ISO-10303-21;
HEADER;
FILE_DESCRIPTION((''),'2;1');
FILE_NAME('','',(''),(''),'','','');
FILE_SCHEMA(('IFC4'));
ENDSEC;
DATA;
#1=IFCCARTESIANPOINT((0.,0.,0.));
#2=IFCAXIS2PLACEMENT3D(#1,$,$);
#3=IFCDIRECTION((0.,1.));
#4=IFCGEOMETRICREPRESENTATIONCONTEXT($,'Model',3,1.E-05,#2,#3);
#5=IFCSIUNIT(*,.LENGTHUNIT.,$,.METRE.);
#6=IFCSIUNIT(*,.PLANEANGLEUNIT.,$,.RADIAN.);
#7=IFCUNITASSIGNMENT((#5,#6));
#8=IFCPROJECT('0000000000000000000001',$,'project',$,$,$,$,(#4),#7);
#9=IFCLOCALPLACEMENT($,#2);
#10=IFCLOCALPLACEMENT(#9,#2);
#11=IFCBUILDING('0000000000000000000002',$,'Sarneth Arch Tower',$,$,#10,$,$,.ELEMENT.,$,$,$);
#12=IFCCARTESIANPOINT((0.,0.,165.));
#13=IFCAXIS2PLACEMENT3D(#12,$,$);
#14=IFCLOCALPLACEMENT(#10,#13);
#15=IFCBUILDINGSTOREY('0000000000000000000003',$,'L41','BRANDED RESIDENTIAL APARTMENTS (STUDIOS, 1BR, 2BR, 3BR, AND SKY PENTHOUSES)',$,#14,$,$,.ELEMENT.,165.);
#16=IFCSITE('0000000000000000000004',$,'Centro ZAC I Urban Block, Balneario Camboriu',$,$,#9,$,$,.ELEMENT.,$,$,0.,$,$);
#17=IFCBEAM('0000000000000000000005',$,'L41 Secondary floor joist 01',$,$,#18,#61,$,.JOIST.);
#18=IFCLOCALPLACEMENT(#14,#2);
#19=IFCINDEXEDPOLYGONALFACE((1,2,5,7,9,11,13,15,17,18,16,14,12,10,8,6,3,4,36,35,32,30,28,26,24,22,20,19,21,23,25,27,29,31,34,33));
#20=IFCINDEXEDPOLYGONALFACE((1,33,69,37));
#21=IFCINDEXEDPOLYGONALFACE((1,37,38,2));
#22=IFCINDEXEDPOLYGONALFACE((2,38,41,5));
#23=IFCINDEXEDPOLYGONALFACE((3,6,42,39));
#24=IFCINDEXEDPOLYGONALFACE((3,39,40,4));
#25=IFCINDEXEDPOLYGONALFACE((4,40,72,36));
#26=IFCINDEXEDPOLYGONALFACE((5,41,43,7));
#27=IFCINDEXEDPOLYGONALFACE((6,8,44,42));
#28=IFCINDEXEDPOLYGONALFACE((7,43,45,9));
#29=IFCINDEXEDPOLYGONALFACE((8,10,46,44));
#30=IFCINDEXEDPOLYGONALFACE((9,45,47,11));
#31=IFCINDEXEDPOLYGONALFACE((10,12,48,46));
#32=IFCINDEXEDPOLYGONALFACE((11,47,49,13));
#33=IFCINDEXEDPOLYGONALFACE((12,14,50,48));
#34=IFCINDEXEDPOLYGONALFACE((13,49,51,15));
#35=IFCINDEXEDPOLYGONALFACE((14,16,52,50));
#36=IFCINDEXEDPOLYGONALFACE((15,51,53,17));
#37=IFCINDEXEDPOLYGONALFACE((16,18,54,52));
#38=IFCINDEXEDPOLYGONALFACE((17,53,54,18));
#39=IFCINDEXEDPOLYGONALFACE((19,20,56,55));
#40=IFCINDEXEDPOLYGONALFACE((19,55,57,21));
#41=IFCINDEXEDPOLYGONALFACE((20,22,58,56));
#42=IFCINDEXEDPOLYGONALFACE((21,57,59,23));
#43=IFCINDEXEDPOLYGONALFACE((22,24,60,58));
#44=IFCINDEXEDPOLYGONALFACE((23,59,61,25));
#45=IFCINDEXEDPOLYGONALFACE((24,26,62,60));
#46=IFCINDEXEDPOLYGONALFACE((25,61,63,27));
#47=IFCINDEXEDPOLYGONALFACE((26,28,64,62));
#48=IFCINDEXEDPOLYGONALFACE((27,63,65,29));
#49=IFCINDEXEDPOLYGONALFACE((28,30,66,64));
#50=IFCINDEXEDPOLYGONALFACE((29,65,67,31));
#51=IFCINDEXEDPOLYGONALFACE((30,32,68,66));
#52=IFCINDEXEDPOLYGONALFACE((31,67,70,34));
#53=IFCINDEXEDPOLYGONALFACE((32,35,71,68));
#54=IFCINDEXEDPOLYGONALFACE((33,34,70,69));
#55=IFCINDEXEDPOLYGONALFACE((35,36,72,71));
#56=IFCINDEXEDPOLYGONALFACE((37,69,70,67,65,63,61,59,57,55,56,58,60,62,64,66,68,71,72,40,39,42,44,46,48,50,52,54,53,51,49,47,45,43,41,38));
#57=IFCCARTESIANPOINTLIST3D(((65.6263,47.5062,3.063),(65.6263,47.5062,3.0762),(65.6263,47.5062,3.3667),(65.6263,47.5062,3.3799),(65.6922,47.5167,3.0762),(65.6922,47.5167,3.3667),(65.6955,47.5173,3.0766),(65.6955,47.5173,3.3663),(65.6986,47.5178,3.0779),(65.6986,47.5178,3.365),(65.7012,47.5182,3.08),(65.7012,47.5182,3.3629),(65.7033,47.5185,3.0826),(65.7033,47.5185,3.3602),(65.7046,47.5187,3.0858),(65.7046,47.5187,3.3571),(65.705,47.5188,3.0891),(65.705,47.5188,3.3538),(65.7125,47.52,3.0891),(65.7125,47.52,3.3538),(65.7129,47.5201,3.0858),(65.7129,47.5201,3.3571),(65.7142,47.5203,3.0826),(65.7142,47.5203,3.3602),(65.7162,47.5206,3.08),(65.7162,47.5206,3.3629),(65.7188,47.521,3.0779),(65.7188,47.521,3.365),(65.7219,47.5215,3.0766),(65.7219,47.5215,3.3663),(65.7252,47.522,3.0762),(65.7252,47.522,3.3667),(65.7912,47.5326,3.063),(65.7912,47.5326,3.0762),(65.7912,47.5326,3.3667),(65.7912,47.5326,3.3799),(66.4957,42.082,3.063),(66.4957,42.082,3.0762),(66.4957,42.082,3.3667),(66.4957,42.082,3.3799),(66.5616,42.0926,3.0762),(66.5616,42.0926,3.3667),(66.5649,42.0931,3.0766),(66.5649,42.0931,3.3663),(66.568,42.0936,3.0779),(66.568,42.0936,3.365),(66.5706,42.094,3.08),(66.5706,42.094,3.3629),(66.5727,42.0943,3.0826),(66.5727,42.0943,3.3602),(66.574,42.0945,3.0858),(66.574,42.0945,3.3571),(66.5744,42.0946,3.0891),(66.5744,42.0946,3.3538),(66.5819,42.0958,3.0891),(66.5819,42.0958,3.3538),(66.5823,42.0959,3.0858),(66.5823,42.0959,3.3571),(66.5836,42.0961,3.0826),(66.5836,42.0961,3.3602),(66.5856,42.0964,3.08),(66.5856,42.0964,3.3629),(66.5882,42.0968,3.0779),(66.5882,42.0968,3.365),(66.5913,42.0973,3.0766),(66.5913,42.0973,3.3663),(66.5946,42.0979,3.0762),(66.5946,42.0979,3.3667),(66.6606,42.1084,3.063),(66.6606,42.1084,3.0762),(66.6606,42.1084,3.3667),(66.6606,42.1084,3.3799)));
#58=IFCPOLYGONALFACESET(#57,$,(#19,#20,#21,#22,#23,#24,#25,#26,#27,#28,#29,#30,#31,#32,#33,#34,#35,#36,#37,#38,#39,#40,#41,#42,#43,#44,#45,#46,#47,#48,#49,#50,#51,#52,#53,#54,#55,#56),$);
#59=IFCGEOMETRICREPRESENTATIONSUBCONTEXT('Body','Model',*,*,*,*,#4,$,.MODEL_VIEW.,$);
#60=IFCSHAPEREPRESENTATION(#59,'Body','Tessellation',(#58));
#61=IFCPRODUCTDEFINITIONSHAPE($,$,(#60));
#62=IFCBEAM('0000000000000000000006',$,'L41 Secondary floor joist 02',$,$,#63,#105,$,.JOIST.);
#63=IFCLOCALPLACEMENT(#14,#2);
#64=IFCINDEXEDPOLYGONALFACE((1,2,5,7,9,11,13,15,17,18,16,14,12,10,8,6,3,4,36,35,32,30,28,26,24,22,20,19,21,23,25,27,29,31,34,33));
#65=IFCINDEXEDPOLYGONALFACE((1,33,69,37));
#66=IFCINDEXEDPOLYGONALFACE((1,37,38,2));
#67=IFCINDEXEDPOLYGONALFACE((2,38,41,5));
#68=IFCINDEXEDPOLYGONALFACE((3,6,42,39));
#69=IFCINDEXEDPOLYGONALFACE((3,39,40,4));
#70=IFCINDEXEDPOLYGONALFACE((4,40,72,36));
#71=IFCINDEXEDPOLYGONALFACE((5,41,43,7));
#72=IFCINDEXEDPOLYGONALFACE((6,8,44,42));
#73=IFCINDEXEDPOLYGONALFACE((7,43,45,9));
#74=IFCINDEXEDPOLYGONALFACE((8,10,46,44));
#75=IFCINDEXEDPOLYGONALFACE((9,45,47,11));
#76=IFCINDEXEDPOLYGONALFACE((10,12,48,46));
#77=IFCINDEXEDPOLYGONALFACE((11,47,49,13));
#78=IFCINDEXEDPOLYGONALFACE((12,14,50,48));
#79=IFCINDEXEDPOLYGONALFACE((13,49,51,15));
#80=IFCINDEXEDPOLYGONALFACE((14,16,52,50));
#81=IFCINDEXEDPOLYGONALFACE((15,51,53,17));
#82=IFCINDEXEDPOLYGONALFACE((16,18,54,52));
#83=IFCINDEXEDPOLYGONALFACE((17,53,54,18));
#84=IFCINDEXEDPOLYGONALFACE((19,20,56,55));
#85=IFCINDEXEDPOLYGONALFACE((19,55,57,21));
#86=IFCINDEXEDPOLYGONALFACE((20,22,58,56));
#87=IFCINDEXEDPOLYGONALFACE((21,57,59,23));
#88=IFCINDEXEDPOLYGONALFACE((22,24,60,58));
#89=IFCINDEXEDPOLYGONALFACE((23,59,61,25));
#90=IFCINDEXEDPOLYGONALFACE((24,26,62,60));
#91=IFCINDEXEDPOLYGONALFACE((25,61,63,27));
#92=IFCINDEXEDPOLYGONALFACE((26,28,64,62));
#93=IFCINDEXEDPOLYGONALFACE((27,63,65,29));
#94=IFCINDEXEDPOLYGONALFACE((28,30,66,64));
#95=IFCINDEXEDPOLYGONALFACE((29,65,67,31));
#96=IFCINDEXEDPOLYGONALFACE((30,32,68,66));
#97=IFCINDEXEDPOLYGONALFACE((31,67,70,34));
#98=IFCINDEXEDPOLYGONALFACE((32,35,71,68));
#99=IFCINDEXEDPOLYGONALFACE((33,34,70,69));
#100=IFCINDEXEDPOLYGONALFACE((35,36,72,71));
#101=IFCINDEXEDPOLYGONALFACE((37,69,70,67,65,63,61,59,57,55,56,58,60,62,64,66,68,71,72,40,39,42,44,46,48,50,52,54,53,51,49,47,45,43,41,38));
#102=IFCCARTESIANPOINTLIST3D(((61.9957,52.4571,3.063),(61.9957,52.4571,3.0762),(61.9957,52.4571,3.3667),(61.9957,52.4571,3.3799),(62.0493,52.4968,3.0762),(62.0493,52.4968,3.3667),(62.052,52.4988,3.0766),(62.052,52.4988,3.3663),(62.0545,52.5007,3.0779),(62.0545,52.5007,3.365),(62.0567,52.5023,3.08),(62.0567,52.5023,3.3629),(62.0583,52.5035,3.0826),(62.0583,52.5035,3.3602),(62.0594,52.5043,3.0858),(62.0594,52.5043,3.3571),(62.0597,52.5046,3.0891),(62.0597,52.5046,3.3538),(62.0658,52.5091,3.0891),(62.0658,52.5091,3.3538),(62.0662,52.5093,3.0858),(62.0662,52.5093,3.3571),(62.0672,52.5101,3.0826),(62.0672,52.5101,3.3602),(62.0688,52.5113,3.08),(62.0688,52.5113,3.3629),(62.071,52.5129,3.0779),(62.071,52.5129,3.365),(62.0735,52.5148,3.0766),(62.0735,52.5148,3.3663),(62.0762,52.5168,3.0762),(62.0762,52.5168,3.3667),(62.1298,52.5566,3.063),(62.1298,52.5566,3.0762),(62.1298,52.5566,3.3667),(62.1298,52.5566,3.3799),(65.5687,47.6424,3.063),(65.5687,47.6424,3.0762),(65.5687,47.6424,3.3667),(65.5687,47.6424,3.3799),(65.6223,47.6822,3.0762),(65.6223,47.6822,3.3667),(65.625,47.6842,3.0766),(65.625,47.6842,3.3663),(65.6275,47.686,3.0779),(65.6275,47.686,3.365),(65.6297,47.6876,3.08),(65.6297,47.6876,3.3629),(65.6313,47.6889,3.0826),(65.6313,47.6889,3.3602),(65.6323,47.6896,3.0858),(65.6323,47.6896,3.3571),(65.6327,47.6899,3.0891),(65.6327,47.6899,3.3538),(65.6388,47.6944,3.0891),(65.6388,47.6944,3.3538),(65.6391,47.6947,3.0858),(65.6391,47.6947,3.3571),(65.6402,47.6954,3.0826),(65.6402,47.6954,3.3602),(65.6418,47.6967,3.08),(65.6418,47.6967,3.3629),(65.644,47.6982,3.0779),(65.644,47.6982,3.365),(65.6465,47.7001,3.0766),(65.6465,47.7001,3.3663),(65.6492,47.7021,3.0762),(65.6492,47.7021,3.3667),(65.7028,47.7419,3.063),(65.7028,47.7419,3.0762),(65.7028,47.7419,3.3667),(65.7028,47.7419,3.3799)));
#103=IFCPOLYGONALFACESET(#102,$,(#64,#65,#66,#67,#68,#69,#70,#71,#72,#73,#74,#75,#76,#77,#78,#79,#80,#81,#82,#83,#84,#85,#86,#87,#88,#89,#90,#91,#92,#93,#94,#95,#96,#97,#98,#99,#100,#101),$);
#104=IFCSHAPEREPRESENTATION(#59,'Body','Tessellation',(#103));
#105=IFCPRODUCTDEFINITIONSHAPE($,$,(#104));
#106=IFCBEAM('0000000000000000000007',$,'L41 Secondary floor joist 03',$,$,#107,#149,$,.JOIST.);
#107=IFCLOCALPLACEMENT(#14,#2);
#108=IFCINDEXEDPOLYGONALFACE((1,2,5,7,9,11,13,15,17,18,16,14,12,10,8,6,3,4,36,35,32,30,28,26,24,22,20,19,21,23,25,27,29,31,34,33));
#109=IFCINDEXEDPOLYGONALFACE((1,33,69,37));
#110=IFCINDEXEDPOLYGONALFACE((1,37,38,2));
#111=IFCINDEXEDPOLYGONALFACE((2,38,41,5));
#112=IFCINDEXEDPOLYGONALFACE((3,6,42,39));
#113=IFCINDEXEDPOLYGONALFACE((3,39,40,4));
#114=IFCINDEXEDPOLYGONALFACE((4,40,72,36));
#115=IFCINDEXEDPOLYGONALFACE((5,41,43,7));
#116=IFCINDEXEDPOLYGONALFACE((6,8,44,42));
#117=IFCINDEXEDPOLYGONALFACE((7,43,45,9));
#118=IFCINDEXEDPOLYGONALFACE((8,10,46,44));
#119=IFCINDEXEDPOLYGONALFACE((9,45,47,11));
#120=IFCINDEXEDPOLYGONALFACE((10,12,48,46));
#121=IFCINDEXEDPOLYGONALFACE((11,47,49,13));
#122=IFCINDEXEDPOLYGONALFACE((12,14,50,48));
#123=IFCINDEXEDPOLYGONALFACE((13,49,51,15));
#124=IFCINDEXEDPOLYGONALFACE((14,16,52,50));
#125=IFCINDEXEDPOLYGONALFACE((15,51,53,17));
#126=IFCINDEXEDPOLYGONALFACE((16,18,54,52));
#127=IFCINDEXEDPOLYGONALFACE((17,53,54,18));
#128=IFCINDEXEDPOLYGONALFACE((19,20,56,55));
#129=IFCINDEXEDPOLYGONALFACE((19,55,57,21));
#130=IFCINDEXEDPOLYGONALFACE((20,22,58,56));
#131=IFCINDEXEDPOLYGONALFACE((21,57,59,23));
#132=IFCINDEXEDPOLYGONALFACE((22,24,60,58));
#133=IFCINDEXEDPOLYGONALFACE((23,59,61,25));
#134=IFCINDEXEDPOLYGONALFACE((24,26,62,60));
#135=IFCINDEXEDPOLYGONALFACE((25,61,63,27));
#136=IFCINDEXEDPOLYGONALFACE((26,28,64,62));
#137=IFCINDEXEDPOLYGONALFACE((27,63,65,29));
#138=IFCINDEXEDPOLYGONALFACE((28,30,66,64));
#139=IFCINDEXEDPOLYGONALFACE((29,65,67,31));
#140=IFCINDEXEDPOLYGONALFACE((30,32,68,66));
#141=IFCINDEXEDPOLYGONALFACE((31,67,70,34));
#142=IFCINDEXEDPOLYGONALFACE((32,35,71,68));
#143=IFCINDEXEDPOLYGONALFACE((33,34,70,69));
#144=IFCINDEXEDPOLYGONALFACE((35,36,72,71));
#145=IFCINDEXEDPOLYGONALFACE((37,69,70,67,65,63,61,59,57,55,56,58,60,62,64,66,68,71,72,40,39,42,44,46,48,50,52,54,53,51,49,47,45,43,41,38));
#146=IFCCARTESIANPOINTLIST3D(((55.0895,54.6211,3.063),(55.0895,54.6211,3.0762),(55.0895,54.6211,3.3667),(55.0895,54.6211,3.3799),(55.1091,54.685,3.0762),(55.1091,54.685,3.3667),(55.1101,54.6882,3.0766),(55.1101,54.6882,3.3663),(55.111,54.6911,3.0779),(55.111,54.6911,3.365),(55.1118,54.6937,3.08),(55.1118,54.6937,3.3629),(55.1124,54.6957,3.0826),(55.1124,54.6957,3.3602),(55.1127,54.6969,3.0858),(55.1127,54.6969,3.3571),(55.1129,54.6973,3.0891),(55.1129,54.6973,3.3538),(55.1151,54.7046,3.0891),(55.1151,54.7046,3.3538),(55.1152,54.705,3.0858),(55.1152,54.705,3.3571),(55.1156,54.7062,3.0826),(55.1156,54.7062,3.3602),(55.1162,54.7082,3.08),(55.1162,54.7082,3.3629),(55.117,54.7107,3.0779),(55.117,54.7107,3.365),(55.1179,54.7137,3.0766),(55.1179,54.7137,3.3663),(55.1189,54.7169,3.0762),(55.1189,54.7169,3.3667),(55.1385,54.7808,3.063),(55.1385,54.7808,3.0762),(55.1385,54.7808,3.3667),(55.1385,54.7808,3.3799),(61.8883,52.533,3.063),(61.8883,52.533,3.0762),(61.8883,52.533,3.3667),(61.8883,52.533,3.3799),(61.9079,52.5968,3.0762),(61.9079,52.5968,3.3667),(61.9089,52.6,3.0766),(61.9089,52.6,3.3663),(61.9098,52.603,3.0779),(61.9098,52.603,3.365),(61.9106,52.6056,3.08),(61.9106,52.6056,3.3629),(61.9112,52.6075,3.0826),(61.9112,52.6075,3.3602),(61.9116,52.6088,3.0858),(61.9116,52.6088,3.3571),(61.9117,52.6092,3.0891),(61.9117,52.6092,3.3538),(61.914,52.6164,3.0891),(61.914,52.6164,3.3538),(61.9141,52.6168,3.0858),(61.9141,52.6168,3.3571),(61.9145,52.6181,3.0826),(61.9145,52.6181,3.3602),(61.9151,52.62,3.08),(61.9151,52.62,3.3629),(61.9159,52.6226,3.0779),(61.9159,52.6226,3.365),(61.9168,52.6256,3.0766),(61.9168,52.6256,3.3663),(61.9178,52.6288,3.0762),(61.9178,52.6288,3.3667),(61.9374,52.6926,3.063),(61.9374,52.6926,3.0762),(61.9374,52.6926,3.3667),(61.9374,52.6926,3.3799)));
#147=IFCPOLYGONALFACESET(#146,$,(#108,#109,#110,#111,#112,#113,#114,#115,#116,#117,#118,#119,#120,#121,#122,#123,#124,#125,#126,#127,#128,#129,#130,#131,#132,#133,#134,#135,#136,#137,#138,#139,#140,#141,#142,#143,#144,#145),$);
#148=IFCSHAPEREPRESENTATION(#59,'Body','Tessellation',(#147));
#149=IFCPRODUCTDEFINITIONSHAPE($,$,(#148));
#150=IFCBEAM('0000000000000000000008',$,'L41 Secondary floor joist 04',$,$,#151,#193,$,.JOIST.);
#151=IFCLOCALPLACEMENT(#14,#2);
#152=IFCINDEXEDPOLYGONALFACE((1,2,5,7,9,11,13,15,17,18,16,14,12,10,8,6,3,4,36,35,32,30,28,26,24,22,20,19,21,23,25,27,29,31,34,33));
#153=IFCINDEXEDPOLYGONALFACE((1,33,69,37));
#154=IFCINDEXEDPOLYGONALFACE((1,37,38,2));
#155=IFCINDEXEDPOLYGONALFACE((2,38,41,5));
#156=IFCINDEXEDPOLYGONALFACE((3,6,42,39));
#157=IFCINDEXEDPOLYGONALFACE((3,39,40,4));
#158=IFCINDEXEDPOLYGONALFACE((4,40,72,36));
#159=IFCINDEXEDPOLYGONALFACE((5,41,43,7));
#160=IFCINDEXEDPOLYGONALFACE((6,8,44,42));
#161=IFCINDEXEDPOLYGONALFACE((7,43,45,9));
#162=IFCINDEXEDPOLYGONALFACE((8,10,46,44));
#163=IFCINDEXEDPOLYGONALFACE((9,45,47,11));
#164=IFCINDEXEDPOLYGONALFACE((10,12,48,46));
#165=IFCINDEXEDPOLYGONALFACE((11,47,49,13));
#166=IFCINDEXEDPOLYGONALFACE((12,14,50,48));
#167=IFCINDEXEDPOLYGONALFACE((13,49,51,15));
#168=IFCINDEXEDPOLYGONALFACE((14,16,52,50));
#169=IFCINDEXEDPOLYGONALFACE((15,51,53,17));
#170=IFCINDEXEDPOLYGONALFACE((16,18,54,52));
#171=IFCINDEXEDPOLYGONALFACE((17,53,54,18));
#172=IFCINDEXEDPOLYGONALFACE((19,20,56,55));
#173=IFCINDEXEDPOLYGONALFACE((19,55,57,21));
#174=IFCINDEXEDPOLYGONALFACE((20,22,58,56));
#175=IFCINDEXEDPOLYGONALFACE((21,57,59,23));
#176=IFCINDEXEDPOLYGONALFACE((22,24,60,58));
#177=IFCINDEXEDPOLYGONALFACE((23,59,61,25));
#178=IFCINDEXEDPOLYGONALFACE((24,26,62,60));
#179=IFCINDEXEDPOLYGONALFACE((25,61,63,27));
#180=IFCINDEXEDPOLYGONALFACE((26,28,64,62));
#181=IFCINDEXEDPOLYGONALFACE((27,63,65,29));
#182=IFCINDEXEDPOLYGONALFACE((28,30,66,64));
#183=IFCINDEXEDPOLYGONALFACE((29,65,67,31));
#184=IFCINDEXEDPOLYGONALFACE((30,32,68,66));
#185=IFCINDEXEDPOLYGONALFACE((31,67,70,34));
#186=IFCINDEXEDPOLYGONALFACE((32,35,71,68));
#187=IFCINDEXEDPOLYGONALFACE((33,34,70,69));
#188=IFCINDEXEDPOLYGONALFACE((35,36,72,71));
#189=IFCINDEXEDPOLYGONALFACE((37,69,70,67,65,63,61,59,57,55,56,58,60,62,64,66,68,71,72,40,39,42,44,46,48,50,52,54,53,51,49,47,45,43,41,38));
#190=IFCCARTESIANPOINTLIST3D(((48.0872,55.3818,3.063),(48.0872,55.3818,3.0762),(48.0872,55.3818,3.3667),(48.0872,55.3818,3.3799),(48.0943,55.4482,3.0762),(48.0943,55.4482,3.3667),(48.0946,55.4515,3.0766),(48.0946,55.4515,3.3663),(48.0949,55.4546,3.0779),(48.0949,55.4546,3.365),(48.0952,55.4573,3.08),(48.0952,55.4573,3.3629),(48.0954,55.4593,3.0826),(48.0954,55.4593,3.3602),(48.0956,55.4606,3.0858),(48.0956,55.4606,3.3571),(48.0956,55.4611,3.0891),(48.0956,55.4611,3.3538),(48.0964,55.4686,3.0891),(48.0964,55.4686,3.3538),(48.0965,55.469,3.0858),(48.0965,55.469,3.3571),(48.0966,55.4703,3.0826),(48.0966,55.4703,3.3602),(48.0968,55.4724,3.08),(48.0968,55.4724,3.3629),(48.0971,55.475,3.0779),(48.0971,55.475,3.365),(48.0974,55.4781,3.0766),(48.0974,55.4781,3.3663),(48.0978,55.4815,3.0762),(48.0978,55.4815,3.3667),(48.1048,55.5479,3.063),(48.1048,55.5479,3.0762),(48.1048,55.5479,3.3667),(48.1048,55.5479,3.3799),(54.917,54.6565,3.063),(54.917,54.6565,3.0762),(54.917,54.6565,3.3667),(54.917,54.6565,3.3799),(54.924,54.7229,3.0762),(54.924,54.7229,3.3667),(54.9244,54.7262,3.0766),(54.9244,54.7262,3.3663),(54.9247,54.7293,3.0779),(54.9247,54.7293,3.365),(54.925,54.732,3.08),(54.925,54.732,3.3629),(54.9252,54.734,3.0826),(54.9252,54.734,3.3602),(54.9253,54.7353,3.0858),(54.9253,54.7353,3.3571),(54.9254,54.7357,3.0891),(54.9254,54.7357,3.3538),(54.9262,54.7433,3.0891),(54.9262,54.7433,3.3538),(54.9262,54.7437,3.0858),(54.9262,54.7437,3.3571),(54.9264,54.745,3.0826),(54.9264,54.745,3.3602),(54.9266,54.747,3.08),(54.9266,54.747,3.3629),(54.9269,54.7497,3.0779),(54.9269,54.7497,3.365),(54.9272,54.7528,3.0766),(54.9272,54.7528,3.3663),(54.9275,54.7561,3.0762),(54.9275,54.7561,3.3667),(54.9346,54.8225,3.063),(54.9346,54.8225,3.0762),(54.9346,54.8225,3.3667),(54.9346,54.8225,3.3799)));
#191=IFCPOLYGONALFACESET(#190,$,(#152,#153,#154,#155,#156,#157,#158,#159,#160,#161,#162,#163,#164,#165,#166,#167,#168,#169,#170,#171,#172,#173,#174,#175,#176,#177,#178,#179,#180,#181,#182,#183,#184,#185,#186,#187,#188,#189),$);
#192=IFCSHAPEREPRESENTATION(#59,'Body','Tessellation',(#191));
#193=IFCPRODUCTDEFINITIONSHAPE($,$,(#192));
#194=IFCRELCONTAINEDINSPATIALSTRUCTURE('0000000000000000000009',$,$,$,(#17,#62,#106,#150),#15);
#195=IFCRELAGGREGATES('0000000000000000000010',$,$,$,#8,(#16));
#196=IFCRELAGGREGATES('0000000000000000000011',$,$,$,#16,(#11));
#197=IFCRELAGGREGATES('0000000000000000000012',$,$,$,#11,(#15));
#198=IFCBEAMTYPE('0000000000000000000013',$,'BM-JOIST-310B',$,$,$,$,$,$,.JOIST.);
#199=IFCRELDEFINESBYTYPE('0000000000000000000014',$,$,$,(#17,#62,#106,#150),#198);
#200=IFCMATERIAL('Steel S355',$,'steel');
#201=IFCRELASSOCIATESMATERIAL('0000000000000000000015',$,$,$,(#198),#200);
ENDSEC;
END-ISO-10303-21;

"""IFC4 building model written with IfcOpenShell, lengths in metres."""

from ifc_helpers import new_model, si_unit, direction, frame, origin, origin_2d, place, context, subcontext, project, spatial, i_section, extrude, material, material_profile, profile_set, type_object, element, save


model = new_model("IFC4")

# Units and contexts
model_context = context("Model", 3, precision=1e-05, world=origin(), true_north=direction((0.0, 1.0)))
body_context = subcontext(model_context, "Body", "Model", "MODEL_VIEW")
ifc_project = project(units=[si_unit("LENGTHUNIT", "METRE"), si_unit("PLANEANGLEUNIT", "RADIAN")], contexts=[model_context])

# Site, building, storey
site_placement = place(None, origin())
site = spatial("IfcSite", under=ifc_project, at=site_placement, Name="Centro ZAC I Urban Block, Balneario Camboriu", CompositionType="ELEMENT", RefElevation=0.0)
building_placement = place(site_placement, origin())
building = spatial("IfcBuilding", under=site, at=building_placement, Name="Sarneth Arch Tower", CompositionType="ELEMENT")
storey_placement = place(building_placement, frame((0.0, 0.0, 165.0)))
storey = spatial("IfcBuildingStorey", under=building, at=storey_placement, Name="L41", Description="BRANDED RESIDENTIAL APARTMENTS (STUDIOS, 1BR, 2BR, 3BR, AND SKY PENTHOUSES)", CompositionType="ELEMENT", Elevation=165.0)

# Beams
ifc_material_1 = material(Name="Steel S355", Category="steel")
ifc_material_profile_1 = material_profile(ifc_material_1, i_section(OverallWidth=0.167, OverallDepth=0.3169, WebThickness=0.0076, FlangeThickness=0.0132, FilletRadius=0.0129, at=origin_2d()), Name="W310x52")
ifc_profile_set_1 = profile_set([ifc_material_profile_1], Name="Steel S355")
beam_type_1 = type_object("IfcBeamType", Name="BM-JOIST-310B", PredefinedType="JOIST", material=ifc_profile_set_1)
beam_1_placement = place(storey_placement, frame((66.5781, 42.0952, 3.2214), z_axis=(-0.158263, 0.987397, 0.0), x_axis=(-0.987397, -0.158263, 0.0)))
element("IfcBeam", 1, at=beam_1_placement, inside=storey, type_object=beam_type_1, Name="L41 Secondary floor joist 01", PredefinedType="JOIST", context=body_context, shape_type="SweptSolid", body=[
    extrude(i_section(OverallWidth=0.167, OverallDepth=0.3169, WebThickness=0.0076, FlangeThickness=0.0132, FilletRadius=0.0129, at=origin_2d()), origin(), (0.0, 0.0, 1.0), 5.4934),
])
beam_2_placement = place(storey_placement, frame((65.6357, 47.6921, 3.2214), z_axis=(-0.595933, 0.803034, 0.0), x_axis=(-0.803034, -0.595933, 0.0)))
element("IfcBeam", 2, at=beam_2_placement, inside=storey, type_object=beam_type_1, Name="L41 Secondary floor joist 02", PredefinedType="JOIST", context=body_context, shape_type="SweptSolid", body=[
    extrude(i_section(OverallWidth=0.167, OverallDepth=0.3169, WebThickness=0.0076, FlangeThickness=0.0132, FilletRadius=0.0129, at=origin_2d()), origin(), (0.0, 0.0, 1.0), 5.9956),
])
beam_3_placement = place(storey_placement, frame((61.9128, 52.6128, 3.2214), z_axis=(-0.95593, 0.293596, 0.0), x_axis=(-0.293596, -0.95593, 0.0)))
element("IfcBeam", 3, at=beam_3_placement, inside=storey, type_object=beam_type_1, Name="L41 Secondary floor joist 03", PredefinedType="JOIST", context=body_context, shape_type="SweptSolid", body=[
    extrude(i_section(OverallWidth=0.167, OverallDepth=0.3169, WebThickness=0.0076, FlangeThickness=0.0132, FilletRadius=0.0129, at=origin_2d()), origin(), (0.0, 0.0, 1.0), 7.1123),
])
beam_4_placement = place(storey_placement, frame((54.9258, 54.7395, 3.2214), z_axis=(-0.994408, 0.105608, 0.0), x_axis=(-0.105608, -0.994408, 0.0)))
element("IfcBeam", 4, at=beam_4_placement, inside=storey, type_object=beam_type_1, Name="L41 Secondary floor joist 04", PredefinedType="JOIST", context=body_context, shape_type="SweptSolid", body=[
    extrude(i_section(OverallWidth=0.167, OverallDepth=0.3169, WebThickness=0.0076, FlangeThickness=0.0132, FilletRadius=0.0129, at=origin_2d()), origin(), (0.0, 0.0, 1.0), 6.8682),
])

save(model, "model.ifc")
